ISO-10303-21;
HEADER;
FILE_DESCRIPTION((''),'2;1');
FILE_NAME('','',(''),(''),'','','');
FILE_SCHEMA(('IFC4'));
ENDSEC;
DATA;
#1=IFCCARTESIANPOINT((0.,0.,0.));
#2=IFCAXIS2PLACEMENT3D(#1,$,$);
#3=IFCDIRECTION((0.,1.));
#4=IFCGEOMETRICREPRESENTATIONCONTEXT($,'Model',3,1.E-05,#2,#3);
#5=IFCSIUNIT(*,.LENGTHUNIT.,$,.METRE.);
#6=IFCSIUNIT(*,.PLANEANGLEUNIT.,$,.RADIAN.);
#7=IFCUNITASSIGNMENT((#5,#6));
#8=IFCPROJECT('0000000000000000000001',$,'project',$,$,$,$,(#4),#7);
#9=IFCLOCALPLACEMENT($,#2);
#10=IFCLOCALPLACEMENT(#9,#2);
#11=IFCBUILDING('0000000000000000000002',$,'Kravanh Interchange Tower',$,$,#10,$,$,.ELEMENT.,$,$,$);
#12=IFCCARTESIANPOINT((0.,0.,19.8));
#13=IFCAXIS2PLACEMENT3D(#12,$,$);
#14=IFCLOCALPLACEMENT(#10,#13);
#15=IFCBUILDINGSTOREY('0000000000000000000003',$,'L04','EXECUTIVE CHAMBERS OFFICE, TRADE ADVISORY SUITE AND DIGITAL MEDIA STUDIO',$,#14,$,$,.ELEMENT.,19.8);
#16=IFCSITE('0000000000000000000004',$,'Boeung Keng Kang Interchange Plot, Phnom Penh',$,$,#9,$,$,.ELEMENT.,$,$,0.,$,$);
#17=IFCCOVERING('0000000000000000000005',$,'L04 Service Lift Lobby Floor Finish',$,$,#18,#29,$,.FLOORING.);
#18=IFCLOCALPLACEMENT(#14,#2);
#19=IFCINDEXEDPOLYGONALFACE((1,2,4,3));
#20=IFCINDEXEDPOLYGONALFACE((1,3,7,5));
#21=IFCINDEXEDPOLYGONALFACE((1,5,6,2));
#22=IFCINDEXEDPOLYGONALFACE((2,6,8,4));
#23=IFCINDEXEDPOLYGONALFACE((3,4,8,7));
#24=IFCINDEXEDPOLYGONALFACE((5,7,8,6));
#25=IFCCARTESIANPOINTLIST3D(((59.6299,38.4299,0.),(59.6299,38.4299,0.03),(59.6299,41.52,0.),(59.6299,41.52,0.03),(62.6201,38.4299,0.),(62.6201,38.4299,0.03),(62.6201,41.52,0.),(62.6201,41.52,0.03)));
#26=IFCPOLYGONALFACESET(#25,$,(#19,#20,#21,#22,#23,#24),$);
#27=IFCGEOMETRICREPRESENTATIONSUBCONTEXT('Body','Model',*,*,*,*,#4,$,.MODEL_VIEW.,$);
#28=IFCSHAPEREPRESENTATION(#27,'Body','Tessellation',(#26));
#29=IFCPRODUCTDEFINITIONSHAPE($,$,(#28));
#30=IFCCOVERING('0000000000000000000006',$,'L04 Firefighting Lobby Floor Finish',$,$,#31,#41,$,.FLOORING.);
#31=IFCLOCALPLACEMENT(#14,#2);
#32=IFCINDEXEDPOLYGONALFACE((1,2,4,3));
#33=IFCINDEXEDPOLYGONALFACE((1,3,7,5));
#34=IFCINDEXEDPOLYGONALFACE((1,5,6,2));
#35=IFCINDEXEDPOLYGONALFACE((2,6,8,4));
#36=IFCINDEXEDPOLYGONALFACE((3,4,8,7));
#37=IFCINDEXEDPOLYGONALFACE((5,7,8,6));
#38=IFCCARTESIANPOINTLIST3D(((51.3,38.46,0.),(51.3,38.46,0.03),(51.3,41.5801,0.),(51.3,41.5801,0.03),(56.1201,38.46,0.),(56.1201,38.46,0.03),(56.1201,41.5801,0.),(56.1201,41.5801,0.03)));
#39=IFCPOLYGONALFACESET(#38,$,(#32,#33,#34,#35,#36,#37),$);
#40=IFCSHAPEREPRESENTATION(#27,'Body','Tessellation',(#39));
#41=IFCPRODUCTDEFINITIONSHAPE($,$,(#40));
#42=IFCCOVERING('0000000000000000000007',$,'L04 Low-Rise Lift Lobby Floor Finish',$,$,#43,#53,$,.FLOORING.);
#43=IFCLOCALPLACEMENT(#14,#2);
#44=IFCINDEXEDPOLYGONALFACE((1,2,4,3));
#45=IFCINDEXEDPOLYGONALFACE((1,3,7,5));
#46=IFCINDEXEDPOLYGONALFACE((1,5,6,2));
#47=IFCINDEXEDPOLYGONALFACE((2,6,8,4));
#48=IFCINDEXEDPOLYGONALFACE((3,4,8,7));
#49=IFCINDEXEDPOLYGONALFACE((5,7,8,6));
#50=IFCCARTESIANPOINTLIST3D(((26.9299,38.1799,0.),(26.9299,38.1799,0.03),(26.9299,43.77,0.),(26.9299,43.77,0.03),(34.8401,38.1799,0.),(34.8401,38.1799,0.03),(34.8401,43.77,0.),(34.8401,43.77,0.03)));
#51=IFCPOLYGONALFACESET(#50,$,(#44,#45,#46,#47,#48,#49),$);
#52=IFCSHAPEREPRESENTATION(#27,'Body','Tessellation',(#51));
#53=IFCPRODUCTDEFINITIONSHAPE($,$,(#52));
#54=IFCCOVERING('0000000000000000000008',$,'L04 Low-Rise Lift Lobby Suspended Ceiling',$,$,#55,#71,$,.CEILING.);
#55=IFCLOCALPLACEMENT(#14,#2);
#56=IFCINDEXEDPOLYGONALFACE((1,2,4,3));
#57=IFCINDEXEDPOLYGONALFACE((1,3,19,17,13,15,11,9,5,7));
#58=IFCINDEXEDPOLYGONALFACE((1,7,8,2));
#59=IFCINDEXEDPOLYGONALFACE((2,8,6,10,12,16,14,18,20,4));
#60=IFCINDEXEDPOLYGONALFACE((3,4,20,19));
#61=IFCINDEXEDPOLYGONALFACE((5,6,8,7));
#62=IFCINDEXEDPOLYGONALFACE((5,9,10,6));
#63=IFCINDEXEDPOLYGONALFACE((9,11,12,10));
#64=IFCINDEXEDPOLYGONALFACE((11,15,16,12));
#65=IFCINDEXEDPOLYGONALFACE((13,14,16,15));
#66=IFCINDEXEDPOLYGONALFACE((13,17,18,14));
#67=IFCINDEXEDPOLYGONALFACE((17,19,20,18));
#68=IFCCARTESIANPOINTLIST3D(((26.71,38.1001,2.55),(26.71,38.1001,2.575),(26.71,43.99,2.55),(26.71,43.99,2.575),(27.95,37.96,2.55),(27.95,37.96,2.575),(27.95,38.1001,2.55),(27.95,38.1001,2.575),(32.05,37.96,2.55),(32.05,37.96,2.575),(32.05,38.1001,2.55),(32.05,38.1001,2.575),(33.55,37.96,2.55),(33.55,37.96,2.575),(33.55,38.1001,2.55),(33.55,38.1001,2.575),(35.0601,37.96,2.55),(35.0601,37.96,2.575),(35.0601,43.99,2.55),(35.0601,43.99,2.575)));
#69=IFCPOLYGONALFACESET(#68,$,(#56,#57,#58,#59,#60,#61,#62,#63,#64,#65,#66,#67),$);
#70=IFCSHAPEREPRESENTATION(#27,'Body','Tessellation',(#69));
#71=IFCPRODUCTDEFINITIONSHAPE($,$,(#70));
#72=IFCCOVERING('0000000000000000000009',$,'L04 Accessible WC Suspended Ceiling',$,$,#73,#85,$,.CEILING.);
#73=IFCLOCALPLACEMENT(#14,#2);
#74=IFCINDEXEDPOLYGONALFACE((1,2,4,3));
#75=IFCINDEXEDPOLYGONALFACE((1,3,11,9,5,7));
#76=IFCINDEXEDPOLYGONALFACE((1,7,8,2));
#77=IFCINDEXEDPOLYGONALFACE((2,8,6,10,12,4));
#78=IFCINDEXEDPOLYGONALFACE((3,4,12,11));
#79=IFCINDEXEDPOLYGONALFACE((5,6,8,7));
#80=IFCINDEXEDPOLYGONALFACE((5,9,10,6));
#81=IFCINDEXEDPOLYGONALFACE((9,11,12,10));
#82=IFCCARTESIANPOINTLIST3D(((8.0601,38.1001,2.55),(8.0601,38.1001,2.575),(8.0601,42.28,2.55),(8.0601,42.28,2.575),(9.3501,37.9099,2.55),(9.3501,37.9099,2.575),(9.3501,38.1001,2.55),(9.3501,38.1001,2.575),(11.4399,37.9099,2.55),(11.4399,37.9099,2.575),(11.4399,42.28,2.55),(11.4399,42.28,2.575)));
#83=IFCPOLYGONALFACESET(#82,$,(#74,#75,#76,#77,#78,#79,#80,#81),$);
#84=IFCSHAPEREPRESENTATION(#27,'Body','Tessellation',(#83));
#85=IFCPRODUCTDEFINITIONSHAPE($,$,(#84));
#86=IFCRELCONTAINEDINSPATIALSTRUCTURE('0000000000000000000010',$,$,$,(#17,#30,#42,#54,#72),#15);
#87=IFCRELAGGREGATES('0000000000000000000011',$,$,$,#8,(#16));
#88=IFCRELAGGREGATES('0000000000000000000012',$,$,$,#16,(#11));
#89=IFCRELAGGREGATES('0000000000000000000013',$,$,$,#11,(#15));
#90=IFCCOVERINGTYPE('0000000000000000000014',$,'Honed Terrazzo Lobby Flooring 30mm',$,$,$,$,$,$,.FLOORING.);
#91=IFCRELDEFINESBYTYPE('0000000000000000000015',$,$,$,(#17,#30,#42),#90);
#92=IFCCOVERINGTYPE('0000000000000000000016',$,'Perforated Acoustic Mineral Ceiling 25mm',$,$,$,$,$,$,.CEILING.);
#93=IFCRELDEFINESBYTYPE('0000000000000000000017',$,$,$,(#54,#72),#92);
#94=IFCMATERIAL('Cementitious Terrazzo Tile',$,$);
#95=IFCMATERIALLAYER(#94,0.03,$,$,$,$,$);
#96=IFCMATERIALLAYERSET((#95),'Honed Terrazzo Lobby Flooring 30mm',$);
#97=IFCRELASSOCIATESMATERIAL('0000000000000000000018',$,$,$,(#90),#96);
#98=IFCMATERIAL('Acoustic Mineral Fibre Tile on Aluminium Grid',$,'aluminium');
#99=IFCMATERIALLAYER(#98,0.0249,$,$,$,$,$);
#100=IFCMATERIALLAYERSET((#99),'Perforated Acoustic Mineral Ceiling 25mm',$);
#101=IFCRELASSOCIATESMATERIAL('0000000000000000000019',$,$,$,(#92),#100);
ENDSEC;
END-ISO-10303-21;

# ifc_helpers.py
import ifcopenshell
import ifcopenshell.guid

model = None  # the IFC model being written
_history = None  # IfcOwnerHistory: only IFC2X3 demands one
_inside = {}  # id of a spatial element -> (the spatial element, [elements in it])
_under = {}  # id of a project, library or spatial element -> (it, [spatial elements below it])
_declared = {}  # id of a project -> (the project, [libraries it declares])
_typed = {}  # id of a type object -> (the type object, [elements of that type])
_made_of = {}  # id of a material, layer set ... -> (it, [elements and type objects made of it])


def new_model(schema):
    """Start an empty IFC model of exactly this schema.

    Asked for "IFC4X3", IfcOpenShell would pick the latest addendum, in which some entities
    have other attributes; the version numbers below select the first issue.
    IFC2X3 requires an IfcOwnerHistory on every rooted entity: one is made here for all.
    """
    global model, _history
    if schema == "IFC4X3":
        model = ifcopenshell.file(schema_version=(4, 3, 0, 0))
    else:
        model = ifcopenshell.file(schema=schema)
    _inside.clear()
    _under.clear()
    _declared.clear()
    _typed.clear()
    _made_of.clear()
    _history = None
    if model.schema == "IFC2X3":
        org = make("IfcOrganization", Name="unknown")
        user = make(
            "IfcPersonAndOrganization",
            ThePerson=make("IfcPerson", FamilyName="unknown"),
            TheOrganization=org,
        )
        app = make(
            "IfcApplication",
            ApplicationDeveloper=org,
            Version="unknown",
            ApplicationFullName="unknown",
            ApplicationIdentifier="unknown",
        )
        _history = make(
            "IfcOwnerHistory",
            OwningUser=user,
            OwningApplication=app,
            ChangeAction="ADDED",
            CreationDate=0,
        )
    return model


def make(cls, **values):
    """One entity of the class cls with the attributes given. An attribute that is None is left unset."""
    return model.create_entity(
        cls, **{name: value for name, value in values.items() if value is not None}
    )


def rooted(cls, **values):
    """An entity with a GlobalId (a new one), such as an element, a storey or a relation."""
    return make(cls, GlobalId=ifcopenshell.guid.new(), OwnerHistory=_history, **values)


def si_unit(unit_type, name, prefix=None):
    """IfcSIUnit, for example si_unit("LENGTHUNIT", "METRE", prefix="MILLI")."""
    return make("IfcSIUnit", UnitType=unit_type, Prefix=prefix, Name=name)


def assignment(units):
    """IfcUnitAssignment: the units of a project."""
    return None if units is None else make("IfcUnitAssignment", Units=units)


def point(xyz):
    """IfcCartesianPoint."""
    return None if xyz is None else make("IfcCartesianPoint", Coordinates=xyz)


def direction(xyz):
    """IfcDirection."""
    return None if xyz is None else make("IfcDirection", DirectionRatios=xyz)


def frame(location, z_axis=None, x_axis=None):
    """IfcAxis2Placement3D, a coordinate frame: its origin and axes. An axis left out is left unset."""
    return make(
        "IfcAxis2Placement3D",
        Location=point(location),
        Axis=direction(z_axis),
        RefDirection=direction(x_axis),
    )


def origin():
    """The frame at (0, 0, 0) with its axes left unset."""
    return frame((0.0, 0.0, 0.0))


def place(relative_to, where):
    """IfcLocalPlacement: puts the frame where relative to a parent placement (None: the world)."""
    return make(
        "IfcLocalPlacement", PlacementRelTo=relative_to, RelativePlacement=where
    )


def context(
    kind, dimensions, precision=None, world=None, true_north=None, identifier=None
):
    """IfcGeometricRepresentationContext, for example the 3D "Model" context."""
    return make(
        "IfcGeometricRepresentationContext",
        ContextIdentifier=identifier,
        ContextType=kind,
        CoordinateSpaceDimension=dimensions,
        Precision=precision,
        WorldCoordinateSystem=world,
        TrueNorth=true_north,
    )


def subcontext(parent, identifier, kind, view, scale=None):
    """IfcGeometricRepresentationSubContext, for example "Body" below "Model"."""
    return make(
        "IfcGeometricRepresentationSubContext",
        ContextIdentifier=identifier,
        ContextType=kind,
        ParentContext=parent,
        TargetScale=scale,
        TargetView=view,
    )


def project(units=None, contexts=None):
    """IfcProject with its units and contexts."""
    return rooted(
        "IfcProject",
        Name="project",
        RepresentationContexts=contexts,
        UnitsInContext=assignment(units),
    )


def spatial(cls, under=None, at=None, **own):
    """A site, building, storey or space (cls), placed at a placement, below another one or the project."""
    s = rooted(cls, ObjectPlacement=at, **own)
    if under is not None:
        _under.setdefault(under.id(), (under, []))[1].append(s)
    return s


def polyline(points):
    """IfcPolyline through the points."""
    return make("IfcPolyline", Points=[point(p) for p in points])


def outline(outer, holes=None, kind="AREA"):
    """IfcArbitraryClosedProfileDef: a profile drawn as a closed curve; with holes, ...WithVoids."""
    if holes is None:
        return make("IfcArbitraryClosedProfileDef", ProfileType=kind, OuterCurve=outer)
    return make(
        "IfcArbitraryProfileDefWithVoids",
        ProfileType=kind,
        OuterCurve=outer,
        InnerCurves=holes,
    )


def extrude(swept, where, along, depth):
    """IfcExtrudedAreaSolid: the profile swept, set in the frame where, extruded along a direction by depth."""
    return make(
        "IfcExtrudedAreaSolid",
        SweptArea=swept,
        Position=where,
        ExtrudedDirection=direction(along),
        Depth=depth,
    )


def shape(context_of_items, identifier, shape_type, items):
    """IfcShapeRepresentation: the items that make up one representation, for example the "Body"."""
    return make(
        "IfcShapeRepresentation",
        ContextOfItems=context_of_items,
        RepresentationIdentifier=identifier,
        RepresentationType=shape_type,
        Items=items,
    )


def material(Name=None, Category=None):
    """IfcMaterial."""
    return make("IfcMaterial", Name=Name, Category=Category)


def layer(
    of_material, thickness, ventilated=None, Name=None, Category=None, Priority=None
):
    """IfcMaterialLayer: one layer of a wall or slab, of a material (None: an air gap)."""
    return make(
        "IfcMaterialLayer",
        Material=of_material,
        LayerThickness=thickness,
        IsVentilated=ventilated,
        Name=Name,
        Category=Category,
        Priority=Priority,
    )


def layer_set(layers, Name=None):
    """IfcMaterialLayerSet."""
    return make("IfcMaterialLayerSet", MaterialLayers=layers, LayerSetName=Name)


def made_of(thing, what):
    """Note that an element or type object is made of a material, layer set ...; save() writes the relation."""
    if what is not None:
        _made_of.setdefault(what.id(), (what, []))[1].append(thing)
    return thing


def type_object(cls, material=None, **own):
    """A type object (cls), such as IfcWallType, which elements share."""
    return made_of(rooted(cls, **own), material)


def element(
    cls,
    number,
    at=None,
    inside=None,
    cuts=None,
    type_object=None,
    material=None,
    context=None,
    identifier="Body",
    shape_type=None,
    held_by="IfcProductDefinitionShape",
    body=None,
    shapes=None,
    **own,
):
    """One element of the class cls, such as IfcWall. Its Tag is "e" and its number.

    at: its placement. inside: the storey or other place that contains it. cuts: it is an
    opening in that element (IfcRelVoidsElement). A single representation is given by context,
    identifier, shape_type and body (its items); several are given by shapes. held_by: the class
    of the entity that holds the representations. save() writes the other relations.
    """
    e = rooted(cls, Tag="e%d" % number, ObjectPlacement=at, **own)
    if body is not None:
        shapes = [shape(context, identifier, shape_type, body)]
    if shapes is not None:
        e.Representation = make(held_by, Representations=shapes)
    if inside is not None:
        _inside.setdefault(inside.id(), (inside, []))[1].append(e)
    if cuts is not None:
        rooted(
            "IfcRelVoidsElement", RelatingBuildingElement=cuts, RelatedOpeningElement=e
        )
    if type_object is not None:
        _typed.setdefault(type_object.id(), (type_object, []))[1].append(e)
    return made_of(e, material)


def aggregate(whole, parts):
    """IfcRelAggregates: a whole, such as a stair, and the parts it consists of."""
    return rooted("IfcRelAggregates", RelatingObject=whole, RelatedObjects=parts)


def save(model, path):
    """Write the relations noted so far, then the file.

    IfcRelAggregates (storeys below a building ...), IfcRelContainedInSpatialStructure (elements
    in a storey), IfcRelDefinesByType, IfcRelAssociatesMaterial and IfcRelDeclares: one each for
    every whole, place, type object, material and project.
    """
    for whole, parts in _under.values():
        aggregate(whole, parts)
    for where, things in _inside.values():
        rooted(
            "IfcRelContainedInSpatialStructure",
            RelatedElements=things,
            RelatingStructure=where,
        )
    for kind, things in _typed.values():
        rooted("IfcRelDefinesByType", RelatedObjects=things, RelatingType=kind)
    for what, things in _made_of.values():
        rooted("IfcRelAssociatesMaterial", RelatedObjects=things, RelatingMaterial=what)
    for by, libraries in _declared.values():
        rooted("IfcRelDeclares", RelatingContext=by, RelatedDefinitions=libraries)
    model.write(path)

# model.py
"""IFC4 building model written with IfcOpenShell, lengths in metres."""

from ifc_helpers import new_model, si_unit, direction, frame, origin, place, context, subcontext, project, spatial, polyline, outline, extrude, material, layer, layer_set, type_object, element, save


model = new_model("IFC4")

# Units and contexts
model_context = context("Model", 3, precision=1e-05, world=origin(), true_north=direction((0.0, 1.0)))
body_context = subcontext(model_context, "Body", "Model", "MODEL_VIEW")
ifc_project = project(units=[si_unit("LENGTHUNIT", "METRE"), si_unit("PLANEANGLEUNIT", "RADIAN")], contexts=[model_context])

# Site, building, storey
site_placement = place(None, origin())
site = spatial("IfcSite", under=ifc_project, at=site_placement, Name="Boeung Keng Kang Interchange Plot, Phnom Penh", CompositionType="ELEMENT", RefElevation=0.0)
building_placement = place(site_placement, origin())
building = spatial("IfcBuilding", under=site, at=building_placement, Name="Kravanh Interchange Tower", CompositionType="ELEMENT")
storey_placement = place(building_placement, frame((0.0, 0.0, 19.8)))
storey = spatial("IfcBuildingStorey", under=building, at=storey_placement, Name="L04", Description="EXECUTIVE CHAMBERS OFFICE, TRADE ADVISORY SUITE AND DIGITAL MEDIA STUDIO", CompositionType="ELEMENT", Elevation=19.8)

# Coverings
ifc_material_1 = material(Name="Cementitious Terrazzo Tile")
ifc_layer_1 = layer(ifc_material_1, 0.03)
ifc_layer_set_1 = layer_set([ifc_layer_1], Name="Honed Terrazzo Lobby Flooring 30mm")
covering_type_1 = type_object("IfcCoveringType", Name="Honed Terrazzo Lobby Flooring 30mm", PredefinedType="FLOORING", material=ifc_layer_set_1)
covering_1_placement = place(storey_placement, origin())
element("IfcCovering", 1, at=covering_1_placement, inside=storey, type_object=covering_type_1, Name="L04 Service Lift Lobby Floor Finish", PredefinedType="FLOORING", context=body_context, shape_type="SweptSolid", body=[
    extrude(outline(polyline([(59.6299, 41.52), (62.6201, 41.52), (62.6201, 38.4299), (59.6299, 38.4299), (59.6299, 41.52)])), origin(), (0.0, 0.0, 1.0), 0.03),
])
covering_2_placement = place(storey_placement, origin())
element("IfcCovering", 2, at=covering_2_placement, inside=storey, type_object=covering_type_1, Name="L04 Firefighting Lobby Floor Finish", PredefinedType="FLOORING", context=body_context, shape_type="SweptSolid", body=[
    extrude(outline(polyline([(56.1201, 38.46), (51.3, 38.46), (51.3, 41.5801), (56.1201, 41.5801), (56.1201, 38.46)])), origin(), (0.0, 0.0, 1.0), 0.03),
])
covering_3_placement = place(storey_placement, origin())
element("IfcCovering", 3, at=covering_3_placement, inside=storey, type_object=covering_type_1, Name="L04 Low-Rise Lift Lobby Floor Finish", PredefinedType="FLOORING", context=body_context, shape_type="SweptSolid", body=[
    extrude(outline(polyline([(26.9299, 43.77), (34.8401, 43.77), (34.8401, 38.1799), (26.9299, 38.1799), (26.9299, 43.77)])), origin(), (0.0, 0.0, 1.0), 0.03),
])
ifc_material_2 = material(Name="Acoustic Mineral Fibre Tile on Aluminium Grid", Category="aluminium")
ifc_layer_2 = layer(ifc_material_2, 0.0249)
ifc_layer_set_2 = layer_set([ifc_layer_2], Name="Perforated Acoustic Mineral Ceiling 25mm")
covering_type_2 = type_object("IfcCoveringType", Name="Perforated Acoustic Mineral Ceiling 25mm", PredefinedType="CEILING", material=ifc_layer_set_2)
covering_4_placement = place(storey_placement, frame((0.0, 0.0, 2.55)))
element("IfcCovering", 4, at=covering_4_placement, inside=storey, type_object=covering_type_2, Name="L04 Low-Rise Lift Lobby Suspended Ceiling", PredefinedType="CEILING", context=body_context, shape_type="SweptSolid", body=[
    extrude(outline(polyline([(35.0601, 37.96), (33.55, 37.96), (33.55, 38.1001), (32.05, 38.1001), (32.05, 37.96), (27.95, 37.96), (27.95, 38.1001), (26.71, 38.1001), (26.71, 43.99), (35.0601, 43.99), (35.0601, 37.96)])), origin(), (0.0, 0.0, 1.0), 0.0249),
])
covering_5_placement = place(storey_placement, frame((0.0, 0.0, 2.55)))
element("IfcCovering", 5, at=covering_5_placement, inside=storey, type_object=covering_type_2, Name="L04 Accessible WC Suspended Ceiling", PredefinedType="CEILING", context=body_context, shape_type="SweptSolid", body=[
    extrude(outline(polyline([(8.0601, 42.28), (11.4399, 42.28), (11.4399, 37.9099), (9.3501, 37.9099), (9.3501, 38.1001), (8.0601, 38.1001), (8.0601, 42.28)])), origin(), (0.0, 0.0, 1.0), 0.0249),
])

save(model, "model.ifc")
